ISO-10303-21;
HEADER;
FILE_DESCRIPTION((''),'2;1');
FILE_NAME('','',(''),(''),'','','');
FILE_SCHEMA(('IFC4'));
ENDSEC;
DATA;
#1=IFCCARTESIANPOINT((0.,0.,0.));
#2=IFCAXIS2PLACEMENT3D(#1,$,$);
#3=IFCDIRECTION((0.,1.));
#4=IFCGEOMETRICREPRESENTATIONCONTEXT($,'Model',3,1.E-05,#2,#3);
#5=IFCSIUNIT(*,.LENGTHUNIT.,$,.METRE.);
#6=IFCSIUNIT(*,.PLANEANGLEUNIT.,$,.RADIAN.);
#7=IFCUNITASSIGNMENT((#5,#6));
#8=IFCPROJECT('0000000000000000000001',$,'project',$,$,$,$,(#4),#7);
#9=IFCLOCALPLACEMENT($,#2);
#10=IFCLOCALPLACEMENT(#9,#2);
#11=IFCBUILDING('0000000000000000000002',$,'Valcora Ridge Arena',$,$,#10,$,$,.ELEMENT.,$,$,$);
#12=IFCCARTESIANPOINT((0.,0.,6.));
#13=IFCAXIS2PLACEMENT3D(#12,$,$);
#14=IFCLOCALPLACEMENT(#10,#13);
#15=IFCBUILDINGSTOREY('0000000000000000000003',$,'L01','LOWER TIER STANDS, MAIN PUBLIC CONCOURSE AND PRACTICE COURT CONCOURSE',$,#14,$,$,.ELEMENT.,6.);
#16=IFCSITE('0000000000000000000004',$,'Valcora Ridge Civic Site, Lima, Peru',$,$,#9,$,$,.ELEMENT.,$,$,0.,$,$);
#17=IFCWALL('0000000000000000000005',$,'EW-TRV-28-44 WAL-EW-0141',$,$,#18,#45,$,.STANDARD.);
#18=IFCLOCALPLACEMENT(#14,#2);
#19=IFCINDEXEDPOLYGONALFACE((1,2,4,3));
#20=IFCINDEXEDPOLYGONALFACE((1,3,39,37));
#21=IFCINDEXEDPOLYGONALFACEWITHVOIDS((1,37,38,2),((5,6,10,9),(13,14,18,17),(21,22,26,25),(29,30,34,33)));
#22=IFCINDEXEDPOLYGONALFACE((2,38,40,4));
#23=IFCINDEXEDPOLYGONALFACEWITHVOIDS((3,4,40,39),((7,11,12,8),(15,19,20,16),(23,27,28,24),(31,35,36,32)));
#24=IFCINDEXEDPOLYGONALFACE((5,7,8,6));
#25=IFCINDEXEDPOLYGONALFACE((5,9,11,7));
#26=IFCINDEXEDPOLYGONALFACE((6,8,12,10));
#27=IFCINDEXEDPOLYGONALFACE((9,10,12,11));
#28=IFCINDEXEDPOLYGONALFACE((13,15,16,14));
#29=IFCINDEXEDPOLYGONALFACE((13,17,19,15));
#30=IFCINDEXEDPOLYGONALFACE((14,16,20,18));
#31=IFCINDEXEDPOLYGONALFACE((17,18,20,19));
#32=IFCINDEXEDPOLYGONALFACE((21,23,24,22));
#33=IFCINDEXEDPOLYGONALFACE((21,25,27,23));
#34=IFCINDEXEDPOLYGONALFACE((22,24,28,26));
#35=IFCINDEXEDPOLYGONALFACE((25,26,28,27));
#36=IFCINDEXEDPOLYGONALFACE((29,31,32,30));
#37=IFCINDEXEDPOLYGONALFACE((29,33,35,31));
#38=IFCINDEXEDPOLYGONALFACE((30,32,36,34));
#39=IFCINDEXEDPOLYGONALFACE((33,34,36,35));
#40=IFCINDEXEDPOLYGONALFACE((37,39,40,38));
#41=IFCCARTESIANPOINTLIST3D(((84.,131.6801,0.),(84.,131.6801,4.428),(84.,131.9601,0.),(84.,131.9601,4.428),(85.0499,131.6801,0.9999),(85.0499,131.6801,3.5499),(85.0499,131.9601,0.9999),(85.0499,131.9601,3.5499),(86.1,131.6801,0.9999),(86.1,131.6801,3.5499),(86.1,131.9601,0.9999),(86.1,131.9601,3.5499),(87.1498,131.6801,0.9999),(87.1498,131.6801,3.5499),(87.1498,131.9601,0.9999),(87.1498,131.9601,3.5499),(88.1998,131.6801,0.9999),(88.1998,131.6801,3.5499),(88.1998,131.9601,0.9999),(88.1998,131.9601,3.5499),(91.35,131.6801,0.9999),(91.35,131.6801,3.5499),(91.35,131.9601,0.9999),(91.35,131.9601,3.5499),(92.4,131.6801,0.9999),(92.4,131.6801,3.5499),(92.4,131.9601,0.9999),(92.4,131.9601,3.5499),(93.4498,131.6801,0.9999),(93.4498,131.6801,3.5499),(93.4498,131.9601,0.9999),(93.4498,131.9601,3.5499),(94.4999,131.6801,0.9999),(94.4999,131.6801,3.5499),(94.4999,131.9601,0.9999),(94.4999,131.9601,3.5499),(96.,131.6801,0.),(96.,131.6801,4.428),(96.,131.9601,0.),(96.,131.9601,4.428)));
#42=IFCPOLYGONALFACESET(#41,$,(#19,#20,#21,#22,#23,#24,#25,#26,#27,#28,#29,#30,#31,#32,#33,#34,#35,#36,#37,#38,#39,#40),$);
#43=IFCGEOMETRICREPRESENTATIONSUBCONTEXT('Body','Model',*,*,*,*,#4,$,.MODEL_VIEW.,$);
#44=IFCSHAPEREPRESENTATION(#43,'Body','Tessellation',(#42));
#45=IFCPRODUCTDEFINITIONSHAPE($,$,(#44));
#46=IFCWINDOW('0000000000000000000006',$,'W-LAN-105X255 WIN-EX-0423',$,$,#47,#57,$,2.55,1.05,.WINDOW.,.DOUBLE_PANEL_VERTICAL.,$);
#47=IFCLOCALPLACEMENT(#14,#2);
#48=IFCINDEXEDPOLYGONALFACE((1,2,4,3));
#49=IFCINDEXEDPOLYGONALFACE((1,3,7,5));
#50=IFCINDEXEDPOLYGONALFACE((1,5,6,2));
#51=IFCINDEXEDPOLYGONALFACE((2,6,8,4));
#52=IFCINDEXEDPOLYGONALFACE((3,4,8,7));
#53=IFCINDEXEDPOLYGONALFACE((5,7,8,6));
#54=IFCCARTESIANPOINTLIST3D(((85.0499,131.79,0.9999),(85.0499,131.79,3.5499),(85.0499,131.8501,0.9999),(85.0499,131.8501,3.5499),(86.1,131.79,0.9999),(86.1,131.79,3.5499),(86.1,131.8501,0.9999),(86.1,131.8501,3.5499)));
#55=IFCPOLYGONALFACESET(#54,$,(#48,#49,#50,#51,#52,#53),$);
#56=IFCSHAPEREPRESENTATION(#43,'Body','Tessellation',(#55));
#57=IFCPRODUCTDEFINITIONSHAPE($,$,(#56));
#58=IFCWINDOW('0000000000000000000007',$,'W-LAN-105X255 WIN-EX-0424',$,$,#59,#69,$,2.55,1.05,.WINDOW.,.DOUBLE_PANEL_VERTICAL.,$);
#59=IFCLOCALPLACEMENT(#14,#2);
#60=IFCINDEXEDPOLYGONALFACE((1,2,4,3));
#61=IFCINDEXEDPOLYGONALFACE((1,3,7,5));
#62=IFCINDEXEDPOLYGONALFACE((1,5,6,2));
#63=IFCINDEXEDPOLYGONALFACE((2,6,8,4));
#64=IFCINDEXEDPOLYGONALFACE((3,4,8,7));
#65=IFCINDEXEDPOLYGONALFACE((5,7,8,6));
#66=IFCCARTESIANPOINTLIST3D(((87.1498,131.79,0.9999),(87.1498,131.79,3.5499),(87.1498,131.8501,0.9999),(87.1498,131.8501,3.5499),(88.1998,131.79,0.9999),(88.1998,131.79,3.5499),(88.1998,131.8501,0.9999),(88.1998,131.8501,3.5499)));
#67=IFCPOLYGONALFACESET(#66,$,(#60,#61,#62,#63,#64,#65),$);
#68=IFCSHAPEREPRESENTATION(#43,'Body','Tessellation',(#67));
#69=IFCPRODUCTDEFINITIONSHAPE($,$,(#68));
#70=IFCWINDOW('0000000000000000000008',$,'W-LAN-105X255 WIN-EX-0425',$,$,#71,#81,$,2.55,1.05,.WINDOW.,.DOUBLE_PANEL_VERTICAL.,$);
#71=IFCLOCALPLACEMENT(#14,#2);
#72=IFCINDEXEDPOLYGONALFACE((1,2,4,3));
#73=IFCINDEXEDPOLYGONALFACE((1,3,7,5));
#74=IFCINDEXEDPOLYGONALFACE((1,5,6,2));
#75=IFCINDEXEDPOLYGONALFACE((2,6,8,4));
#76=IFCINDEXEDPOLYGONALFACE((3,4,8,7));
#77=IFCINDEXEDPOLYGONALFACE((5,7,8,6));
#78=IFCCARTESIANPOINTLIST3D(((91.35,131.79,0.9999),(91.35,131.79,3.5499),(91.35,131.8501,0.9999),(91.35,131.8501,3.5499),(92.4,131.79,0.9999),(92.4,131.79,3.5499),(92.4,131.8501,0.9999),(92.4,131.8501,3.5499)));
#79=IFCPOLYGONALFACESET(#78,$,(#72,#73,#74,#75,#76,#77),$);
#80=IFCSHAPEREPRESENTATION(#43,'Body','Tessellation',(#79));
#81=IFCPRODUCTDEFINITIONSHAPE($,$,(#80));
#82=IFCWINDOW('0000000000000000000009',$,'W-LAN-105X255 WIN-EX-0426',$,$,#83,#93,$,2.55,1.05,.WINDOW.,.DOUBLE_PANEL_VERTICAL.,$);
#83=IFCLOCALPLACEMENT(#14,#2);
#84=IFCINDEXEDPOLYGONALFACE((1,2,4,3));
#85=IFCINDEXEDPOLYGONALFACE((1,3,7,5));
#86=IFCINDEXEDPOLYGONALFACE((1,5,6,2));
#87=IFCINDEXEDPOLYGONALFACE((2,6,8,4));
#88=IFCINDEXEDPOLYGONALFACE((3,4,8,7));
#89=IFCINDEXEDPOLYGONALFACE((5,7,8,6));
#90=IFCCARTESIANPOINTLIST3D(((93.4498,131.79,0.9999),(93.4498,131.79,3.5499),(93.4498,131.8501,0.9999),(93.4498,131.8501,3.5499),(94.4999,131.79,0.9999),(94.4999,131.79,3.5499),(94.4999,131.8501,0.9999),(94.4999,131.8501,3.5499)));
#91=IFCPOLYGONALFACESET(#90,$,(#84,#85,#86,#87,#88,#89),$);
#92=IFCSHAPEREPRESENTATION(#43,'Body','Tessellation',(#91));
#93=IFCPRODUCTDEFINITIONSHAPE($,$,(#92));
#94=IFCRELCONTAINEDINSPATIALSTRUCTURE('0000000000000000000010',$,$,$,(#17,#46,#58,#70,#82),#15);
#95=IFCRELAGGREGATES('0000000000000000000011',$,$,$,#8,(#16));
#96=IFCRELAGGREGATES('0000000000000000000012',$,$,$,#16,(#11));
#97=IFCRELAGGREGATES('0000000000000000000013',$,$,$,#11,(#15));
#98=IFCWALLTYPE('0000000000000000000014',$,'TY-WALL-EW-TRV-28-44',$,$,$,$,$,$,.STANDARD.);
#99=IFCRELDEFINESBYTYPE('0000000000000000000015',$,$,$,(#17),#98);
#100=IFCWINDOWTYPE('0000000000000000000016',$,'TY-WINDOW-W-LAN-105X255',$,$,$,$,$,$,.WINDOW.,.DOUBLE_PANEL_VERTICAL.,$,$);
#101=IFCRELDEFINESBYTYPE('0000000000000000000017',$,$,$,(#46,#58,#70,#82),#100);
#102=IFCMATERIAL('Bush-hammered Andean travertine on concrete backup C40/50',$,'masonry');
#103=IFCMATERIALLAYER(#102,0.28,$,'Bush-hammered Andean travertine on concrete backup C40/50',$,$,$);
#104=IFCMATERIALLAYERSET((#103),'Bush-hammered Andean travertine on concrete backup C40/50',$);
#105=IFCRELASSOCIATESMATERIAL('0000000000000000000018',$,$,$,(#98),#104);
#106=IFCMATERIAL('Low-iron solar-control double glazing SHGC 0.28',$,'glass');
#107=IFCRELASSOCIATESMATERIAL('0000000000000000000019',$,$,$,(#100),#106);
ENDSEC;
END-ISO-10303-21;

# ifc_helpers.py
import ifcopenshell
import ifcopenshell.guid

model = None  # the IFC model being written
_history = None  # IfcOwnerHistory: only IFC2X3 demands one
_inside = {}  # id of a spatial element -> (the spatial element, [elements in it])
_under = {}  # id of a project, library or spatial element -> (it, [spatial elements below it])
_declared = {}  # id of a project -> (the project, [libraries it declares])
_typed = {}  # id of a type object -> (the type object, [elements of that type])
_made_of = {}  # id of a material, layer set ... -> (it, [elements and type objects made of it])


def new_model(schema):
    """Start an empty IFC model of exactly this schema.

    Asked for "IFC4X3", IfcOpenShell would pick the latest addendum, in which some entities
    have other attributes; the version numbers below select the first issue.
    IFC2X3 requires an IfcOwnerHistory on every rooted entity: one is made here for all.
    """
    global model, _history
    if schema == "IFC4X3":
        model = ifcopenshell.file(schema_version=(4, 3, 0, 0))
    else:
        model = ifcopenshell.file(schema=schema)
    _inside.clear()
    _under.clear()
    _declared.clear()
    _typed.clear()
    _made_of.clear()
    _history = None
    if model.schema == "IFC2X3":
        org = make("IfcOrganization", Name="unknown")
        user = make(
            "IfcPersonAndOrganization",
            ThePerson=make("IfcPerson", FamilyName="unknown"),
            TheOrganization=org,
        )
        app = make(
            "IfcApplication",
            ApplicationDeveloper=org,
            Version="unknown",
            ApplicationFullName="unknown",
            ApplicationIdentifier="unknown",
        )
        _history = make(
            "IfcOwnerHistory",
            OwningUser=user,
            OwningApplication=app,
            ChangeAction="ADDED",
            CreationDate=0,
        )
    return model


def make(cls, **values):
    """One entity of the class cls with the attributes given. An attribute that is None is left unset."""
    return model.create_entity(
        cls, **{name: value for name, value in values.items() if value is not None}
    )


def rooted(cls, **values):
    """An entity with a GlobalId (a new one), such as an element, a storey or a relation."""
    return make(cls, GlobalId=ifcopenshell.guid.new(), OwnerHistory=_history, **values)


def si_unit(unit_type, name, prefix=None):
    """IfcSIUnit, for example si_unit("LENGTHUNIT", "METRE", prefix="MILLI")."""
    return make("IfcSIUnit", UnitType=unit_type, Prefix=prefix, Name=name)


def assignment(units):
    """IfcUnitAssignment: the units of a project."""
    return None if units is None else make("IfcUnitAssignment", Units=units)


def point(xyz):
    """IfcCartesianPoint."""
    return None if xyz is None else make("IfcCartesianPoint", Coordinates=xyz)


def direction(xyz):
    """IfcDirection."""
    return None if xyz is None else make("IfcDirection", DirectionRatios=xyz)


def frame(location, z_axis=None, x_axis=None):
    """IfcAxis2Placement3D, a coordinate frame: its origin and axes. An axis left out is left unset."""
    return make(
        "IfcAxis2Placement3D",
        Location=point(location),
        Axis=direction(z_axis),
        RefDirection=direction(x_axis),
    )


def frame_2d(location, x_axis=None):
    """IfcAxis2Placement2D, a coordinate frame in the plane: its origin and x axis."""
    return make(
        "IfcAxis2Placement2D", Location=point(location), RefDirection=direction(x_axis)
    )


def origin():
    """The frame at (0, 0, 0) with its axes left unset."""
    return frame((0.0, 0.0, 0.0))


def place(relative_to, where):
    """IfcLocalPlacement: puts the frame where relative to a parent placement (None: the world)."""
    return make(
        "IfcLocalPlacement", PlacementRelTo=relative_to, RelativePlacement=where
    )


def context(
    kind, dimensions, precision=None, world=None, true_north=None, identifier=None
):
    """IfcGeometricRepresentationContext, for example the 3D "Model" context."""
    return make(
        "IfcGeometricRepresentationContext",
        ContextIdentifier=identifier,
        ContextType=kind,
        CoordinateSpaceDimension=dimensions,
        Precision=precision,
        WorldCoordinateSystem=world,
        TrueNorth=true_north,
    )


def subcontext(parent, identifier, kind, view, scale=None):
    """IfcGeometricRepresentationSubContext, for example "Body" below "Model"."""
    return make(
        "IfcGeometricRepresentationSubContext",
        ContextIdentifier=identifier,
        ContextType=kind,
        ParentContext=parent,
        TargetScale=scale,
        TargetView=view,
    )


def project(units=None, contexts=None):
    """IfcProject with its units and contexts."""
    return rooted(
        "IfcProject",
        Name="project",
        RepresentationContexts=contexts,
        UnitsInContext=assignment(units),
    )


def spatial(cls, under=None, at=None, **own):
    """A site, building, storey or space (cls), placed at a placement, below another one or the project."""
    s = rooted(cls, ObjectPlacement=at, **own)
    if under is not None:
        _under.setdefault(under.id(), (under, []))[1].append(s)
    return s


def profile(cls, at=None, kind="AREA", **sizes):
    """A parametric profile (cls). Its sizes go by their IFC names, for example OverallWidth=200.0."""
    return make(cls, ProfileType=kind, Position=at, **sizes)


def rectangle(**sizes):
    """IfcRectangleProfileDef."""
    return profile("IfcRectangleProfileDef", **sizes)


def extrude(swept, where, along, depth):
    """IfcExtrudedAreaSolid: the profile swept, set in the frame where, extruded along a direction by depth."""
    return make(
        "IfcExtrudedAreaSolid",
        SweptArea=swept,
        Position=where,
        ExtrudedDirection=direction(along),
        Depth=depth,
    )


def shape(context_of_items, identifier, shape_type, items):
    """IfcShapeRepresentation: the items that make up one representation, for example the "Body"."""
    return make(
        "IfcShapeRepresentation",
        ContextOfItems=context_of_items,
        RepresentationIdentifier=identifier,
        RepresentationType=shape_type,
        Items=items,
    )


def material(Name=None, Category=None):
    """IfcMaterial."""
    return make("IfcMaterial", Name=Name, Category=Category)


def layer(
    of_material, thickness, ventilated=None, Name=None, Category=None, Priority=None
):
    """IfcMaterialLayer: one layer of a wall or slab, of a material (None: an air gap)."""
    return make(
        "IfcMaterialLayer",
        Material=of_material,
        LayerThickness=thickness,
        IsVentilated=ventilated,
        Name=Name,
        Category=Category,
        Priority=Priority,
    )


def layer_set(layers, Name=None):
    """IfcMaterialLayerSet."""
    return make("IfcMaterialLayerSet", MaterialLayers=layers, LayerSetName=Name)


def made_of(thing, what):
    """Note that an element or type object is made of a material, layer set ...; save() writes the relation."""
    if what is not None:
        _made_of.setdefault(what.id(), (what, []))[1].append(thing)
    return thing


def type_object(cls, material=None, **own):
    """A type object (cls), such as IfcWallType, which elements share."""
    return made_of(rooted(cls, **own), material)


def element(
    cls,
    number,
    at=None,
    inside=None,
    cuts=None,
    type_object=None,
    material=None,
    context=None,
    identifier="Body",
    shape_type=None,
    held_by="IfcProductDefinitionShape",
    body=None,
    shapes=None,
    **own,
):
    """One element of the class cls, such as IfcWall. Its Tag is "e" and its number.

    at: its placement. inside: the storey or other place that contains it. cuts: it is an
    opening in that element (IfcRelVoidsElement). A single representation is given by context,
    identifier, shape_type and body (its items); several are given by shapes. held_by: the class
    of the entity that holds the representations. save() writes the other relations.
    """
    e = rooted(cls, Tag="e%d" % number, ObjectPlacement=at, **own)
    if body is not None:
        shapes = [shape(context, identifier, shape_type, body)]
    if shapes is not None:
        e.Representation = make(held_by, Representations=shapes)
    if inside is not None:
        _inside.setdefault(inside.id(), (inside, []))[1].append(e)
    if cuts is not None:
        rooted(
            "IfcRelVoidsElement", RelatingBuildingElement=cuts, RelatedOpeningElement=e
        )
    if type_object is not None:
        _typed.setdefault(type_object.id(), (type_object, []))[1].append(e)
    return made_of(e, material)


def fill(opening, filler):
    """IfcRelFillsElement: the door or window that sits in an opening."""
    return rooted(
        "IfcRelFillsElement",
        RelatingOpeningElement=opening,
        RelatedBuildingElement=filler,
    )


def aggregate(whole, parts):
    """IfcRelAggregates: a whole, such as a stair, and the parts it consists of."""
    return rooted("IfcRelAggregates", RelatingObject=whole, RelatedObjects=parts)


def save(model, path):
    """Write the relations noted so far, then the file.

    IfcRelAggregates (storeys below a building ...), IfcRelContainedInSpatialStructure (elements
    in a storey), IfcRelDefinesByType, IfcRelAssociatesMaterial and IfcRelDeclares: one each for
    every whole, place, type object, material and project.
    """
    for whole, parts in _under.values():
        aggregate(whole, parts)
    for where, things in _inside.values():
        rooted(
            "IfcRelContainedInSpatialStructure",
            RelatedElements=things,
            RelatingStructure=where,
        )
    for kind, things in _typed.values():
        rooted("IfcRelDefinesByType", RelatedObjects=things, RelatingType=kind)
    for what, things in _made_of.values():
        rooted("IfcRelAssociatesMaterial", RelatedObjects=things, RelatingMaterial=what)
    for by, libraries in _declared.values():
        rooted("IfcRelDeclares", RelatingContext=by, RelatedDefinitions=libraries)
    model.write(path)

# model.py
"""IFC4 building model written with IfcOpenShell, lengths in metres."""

from ifc_helpers import new_model, si_unit, direction, frame, frame_2d, origin, place, context, subcontext, project, spatial, rectangle, extrude, material, layer, layer_set, type_object, element, fill, save


model = new_model("IFC4")

# Units and contexts
model_context = context("Model", 3, precision=1e-05, world=origin(), true_north=direction((0.0, 1.0)))
body_context = subcontext(model_context, "Body", "Model", "MODEL_VIEW")
ifc_project = project(units=[si_unit("LENGTHUNIT", "METRE"), si_unit("PLANEANGLEUNIT", "RADIAN")], contexts=[model_context])

# Site, building, storey
site_placement = place(None, origin())
site = spatial("IfcSite", under=ifc_project, at=site_placement, Name="Valcora Ridge Civic Site, Lima, Peru", CompositionType="ELEMENT", RefElevation=0.0)
building_placement = place(site_placement, origin())
building = spatial("IfcBuilding", under=site, at=building_placement, Name="Valcora Ridge Arena", CompositionType="ELEMENT")
storey_placement = place(building_placement, frame((0.0, 0.0, 6.0)))
storey = spatial("IfcBuildingStorey", under=building, at=storey_placement, Name="L01", Description="LOWER TIER STANDS, MAIN PUBLIC CONCOURSE AND PRACTICE COURT CONCOURSE", CompositionType="ELEMENT", Elevation=6.0)

# Wall, openings, windows
ifc_material_1 = material(Name="Bush-hammered Andean travertine on concrete backup C40/50", Category="masonry")
ifc_layer = layer(ifc_material_1, 0.28, Name="Bush-hammered Andean travertine on concrete backup C40/50")
ifc_layer_set = layer_set([ifc_layer], Name="Bush-hammered Andean travertine on concrete backup C40/50")
wall_type = type_object("IfcWallType", Name="TY-WALL-EW-TRV-28-44", PredefinedType="STANDARD", material=ifc_layer_set)
wall_1_placement = place(storey_placement, frame((84.0, 131.8201, 0.0), z_axis=(0.0, 0.0, 1.0), x_axis=(1.0, 0.0, 0.0)))
wall_1 = element("IfcWall", 1, at=wall_1_placement, inside=storey, type_object=wall_type, Name="EW-TRV-28-44 WAL-EW-0141", PredefinedType="STANDARD", context=body_context, shape_type="SweptSolid", body=[
    extrude(rectangle(XDim=12.0, YDim=0.28, at=frame_2d((6.0, 0.0))), origin(), (0.0, 0.0, 1.0), 4.428),
])
opening_1_placement = place(wall_1_placement, frame((1.05, 0.0, 1.0)))
opening_1 = element("IfcOpeningElement", 2, at=opening_1_placement, cuts=wall_1, PredefinedType="OPENING", context=body_context, shape_type="SweptSolid", body=[
    extrude(rectangle(XDim=1.05, YDim=2.55, at=frame_2d((0.5249, 1.2749))), frame((0.0, 0.1499, 0.0), z_axis=(0.0, -1.0, 0.0), x_axis=(1.0, 0.0, 0.0)), (0.0, 0.0, 1.0), 0.3),
])
opening_2_placement = place(wall_1_placement, frame((3.1499, 0.0, 1.0)))
opening_2 = element("IfcOpeningElement", 3, at=opening_2_placement, cuts=wall_1, PredefinedType="OPENING", context=body_context, shape_type="SweptSolid", body=[
    extrude(rectangle(XDim=1.05, YDim=2.55, at=frame_2d((0.5249, 1.2749))), frame((0.0, 0.1499, 0.0), z_axis=(0.0, -1.0, 0.0), x_axis=(1.0, 0.0, 0.0)), (0.0, 0.0, 1.0), 0.3),
])
opening_3_placement = place(wall_1_placement, frame((7.3501, 0.0, 1.0)))
opening_3 = element("IfcOpeningElement", 4, at=opening_3_placement, cuts=wall_1, PredefinedType="OPENING", context=body_context, shape_type="SweptSolid", body=[
    extrude(rectangle(XDim=1.05, YDim=2.55, at=frame_2d((0.5249, 1.2749))), frame((0.0, 0.1499, 0.0), z_axis=(0.0, -1.0, 0.0), x_axis=(1.0, 0.0, 0.0)), (0.0, 0.0, 1.0), 0.3),
])
opening_4_placement = place(wall_1_placement, frame((9.45, 0.0, 1.0)))
opening_4 = element("IfcOpeningElement", 5, at=opening_4_placement, cuts=wall_1, PredefinedType="OPENING", context=body_context, shape_type="SweptSolid", body=[
    extrude(rectangle(XDim=1.05, YDim=2.55, at=frame_2d((0.5249, 1.2749))), frame((0.0, 0.1499, 0.0), z_axis=(0.0, -1.0, 0.0), x_axis=(1.0, 0.0, 0.0)), (0.0, 0.0, 1.0), 0.3),
])
ifc_material_2 = material(Name="Low-iron solar-control double glazing SHGC 0.28", Category="glass")
window_type = type_object("IfcWindowType", Name="TY-WINDOW-W-LAN-105X255", PartitioningType="DOUBLE_PANEL_VERTICAL", PredefinedType="WINDOW", material=ifc_material_2)
window_1_placement = place(opening_1_placement, origin())
window_1 = element("IfcWindow", 6, at=window_1_placement, inside=storey, type_object=window_type, Name="W-LAN-105X255 WIN-EX-0423", OverallHeight=2.55, OverallWidth=1.05, PartitioningType="DOUBLE_PANEL_VERTICAL", PredefinedType="WINDOW", context=body_context, shape_type="SweptSolid", body=[
    extrude(rectangle(XDim=1.05, YDim=2.55, at=frame_2d((0.5249, 1.2749))), frame((0.0, 0.03, 0.0), z_axis=(0.0, -1.0, 0.0), x_axis=(1.0, 0.0, 0.0)), (0.0, 0.0, 1.0), 0.0601),
])
fill(opening_1, window_1)
window_2_placement = place(opening_2_placement, origin())
window_2 = element("IfcWindow", 7, at=window_2_placement, inside=storey, type_object=window_type, Name="W-LAN-105X255 WIN-EX-0424", OverallHeight=2.55, OverallWidth=1.05, PartitioningType="DOUBLE_PANEL_VERTICAL", PredefinedType="WINDOW", context=body_context, shape_type="SweptSolid", body=[
    extrude(rectangle(XDim=1.05, YDim=2.55, at=frame_2d((0.5249, 1.2749))), frame((0.0, 0.03, 0.0), z_axis=(0.0, -1.0, 0.0), x_axis=(1.0, 0.0, 0.0)), (0.0, 0.0, 1.0), 0.0601),
])
fill(opening_2, window_2)
window_3_placement = place(opening_3_placement, origin())
window_3 = element("IfcWindow", 8, at=window_3_placement, inside=storey, type_object=window_type, Name="W-LAN-105X255 WIN-EX-0425", OverallHeight=2.55, OverallWidth=1.05, PartitioningType="DOUBLE_PANEL_VERTICAL", PredefinedType="WINDOW", context=body_context, shape_type="SweptSolid", body=[
    extrude(rectangle(XDim=1.05, YDim=2.55, at=frame_2d((0.5249, 1.2749))), frame((0.0, 0.03, 0.0), z_axis=(0.0, -1.0, 0.0), x_axis=(1.0, 0.0, 0.0)), (0.0, 0.0, 1.0), 0.0601),
])
fill(opening_3, window_3)
window_4_placement = place(opening_4_placement, origin())
window_4 = element("IfcWindow", 9, at=window_4_placement, inside=storey, type_object=window_type, Name="W-LAN-105X255 WIN-EX-0426", OverallHeight=2.55, OverallWidth=1.05, PartitioningType="DOUBLE_PANEL_VERTICAL", PredefinedType="WINDOW", context=body_context, shape_type="SweptSolid", body=[
    extrude(rectangle(XDim=1.05, YDim=2.55, at=frame_2d((0.5249, 1.2749))), frame((0.0, 0.03, 0.0), z_axis=(0.0, -1.0, 0.0), x_axis=(1.0, 0.0, 0.0)), (0.0, 0.0, 1.0), 0.0601),
])
fill(opening_4, window_4)

save(model, "model.ifc")
